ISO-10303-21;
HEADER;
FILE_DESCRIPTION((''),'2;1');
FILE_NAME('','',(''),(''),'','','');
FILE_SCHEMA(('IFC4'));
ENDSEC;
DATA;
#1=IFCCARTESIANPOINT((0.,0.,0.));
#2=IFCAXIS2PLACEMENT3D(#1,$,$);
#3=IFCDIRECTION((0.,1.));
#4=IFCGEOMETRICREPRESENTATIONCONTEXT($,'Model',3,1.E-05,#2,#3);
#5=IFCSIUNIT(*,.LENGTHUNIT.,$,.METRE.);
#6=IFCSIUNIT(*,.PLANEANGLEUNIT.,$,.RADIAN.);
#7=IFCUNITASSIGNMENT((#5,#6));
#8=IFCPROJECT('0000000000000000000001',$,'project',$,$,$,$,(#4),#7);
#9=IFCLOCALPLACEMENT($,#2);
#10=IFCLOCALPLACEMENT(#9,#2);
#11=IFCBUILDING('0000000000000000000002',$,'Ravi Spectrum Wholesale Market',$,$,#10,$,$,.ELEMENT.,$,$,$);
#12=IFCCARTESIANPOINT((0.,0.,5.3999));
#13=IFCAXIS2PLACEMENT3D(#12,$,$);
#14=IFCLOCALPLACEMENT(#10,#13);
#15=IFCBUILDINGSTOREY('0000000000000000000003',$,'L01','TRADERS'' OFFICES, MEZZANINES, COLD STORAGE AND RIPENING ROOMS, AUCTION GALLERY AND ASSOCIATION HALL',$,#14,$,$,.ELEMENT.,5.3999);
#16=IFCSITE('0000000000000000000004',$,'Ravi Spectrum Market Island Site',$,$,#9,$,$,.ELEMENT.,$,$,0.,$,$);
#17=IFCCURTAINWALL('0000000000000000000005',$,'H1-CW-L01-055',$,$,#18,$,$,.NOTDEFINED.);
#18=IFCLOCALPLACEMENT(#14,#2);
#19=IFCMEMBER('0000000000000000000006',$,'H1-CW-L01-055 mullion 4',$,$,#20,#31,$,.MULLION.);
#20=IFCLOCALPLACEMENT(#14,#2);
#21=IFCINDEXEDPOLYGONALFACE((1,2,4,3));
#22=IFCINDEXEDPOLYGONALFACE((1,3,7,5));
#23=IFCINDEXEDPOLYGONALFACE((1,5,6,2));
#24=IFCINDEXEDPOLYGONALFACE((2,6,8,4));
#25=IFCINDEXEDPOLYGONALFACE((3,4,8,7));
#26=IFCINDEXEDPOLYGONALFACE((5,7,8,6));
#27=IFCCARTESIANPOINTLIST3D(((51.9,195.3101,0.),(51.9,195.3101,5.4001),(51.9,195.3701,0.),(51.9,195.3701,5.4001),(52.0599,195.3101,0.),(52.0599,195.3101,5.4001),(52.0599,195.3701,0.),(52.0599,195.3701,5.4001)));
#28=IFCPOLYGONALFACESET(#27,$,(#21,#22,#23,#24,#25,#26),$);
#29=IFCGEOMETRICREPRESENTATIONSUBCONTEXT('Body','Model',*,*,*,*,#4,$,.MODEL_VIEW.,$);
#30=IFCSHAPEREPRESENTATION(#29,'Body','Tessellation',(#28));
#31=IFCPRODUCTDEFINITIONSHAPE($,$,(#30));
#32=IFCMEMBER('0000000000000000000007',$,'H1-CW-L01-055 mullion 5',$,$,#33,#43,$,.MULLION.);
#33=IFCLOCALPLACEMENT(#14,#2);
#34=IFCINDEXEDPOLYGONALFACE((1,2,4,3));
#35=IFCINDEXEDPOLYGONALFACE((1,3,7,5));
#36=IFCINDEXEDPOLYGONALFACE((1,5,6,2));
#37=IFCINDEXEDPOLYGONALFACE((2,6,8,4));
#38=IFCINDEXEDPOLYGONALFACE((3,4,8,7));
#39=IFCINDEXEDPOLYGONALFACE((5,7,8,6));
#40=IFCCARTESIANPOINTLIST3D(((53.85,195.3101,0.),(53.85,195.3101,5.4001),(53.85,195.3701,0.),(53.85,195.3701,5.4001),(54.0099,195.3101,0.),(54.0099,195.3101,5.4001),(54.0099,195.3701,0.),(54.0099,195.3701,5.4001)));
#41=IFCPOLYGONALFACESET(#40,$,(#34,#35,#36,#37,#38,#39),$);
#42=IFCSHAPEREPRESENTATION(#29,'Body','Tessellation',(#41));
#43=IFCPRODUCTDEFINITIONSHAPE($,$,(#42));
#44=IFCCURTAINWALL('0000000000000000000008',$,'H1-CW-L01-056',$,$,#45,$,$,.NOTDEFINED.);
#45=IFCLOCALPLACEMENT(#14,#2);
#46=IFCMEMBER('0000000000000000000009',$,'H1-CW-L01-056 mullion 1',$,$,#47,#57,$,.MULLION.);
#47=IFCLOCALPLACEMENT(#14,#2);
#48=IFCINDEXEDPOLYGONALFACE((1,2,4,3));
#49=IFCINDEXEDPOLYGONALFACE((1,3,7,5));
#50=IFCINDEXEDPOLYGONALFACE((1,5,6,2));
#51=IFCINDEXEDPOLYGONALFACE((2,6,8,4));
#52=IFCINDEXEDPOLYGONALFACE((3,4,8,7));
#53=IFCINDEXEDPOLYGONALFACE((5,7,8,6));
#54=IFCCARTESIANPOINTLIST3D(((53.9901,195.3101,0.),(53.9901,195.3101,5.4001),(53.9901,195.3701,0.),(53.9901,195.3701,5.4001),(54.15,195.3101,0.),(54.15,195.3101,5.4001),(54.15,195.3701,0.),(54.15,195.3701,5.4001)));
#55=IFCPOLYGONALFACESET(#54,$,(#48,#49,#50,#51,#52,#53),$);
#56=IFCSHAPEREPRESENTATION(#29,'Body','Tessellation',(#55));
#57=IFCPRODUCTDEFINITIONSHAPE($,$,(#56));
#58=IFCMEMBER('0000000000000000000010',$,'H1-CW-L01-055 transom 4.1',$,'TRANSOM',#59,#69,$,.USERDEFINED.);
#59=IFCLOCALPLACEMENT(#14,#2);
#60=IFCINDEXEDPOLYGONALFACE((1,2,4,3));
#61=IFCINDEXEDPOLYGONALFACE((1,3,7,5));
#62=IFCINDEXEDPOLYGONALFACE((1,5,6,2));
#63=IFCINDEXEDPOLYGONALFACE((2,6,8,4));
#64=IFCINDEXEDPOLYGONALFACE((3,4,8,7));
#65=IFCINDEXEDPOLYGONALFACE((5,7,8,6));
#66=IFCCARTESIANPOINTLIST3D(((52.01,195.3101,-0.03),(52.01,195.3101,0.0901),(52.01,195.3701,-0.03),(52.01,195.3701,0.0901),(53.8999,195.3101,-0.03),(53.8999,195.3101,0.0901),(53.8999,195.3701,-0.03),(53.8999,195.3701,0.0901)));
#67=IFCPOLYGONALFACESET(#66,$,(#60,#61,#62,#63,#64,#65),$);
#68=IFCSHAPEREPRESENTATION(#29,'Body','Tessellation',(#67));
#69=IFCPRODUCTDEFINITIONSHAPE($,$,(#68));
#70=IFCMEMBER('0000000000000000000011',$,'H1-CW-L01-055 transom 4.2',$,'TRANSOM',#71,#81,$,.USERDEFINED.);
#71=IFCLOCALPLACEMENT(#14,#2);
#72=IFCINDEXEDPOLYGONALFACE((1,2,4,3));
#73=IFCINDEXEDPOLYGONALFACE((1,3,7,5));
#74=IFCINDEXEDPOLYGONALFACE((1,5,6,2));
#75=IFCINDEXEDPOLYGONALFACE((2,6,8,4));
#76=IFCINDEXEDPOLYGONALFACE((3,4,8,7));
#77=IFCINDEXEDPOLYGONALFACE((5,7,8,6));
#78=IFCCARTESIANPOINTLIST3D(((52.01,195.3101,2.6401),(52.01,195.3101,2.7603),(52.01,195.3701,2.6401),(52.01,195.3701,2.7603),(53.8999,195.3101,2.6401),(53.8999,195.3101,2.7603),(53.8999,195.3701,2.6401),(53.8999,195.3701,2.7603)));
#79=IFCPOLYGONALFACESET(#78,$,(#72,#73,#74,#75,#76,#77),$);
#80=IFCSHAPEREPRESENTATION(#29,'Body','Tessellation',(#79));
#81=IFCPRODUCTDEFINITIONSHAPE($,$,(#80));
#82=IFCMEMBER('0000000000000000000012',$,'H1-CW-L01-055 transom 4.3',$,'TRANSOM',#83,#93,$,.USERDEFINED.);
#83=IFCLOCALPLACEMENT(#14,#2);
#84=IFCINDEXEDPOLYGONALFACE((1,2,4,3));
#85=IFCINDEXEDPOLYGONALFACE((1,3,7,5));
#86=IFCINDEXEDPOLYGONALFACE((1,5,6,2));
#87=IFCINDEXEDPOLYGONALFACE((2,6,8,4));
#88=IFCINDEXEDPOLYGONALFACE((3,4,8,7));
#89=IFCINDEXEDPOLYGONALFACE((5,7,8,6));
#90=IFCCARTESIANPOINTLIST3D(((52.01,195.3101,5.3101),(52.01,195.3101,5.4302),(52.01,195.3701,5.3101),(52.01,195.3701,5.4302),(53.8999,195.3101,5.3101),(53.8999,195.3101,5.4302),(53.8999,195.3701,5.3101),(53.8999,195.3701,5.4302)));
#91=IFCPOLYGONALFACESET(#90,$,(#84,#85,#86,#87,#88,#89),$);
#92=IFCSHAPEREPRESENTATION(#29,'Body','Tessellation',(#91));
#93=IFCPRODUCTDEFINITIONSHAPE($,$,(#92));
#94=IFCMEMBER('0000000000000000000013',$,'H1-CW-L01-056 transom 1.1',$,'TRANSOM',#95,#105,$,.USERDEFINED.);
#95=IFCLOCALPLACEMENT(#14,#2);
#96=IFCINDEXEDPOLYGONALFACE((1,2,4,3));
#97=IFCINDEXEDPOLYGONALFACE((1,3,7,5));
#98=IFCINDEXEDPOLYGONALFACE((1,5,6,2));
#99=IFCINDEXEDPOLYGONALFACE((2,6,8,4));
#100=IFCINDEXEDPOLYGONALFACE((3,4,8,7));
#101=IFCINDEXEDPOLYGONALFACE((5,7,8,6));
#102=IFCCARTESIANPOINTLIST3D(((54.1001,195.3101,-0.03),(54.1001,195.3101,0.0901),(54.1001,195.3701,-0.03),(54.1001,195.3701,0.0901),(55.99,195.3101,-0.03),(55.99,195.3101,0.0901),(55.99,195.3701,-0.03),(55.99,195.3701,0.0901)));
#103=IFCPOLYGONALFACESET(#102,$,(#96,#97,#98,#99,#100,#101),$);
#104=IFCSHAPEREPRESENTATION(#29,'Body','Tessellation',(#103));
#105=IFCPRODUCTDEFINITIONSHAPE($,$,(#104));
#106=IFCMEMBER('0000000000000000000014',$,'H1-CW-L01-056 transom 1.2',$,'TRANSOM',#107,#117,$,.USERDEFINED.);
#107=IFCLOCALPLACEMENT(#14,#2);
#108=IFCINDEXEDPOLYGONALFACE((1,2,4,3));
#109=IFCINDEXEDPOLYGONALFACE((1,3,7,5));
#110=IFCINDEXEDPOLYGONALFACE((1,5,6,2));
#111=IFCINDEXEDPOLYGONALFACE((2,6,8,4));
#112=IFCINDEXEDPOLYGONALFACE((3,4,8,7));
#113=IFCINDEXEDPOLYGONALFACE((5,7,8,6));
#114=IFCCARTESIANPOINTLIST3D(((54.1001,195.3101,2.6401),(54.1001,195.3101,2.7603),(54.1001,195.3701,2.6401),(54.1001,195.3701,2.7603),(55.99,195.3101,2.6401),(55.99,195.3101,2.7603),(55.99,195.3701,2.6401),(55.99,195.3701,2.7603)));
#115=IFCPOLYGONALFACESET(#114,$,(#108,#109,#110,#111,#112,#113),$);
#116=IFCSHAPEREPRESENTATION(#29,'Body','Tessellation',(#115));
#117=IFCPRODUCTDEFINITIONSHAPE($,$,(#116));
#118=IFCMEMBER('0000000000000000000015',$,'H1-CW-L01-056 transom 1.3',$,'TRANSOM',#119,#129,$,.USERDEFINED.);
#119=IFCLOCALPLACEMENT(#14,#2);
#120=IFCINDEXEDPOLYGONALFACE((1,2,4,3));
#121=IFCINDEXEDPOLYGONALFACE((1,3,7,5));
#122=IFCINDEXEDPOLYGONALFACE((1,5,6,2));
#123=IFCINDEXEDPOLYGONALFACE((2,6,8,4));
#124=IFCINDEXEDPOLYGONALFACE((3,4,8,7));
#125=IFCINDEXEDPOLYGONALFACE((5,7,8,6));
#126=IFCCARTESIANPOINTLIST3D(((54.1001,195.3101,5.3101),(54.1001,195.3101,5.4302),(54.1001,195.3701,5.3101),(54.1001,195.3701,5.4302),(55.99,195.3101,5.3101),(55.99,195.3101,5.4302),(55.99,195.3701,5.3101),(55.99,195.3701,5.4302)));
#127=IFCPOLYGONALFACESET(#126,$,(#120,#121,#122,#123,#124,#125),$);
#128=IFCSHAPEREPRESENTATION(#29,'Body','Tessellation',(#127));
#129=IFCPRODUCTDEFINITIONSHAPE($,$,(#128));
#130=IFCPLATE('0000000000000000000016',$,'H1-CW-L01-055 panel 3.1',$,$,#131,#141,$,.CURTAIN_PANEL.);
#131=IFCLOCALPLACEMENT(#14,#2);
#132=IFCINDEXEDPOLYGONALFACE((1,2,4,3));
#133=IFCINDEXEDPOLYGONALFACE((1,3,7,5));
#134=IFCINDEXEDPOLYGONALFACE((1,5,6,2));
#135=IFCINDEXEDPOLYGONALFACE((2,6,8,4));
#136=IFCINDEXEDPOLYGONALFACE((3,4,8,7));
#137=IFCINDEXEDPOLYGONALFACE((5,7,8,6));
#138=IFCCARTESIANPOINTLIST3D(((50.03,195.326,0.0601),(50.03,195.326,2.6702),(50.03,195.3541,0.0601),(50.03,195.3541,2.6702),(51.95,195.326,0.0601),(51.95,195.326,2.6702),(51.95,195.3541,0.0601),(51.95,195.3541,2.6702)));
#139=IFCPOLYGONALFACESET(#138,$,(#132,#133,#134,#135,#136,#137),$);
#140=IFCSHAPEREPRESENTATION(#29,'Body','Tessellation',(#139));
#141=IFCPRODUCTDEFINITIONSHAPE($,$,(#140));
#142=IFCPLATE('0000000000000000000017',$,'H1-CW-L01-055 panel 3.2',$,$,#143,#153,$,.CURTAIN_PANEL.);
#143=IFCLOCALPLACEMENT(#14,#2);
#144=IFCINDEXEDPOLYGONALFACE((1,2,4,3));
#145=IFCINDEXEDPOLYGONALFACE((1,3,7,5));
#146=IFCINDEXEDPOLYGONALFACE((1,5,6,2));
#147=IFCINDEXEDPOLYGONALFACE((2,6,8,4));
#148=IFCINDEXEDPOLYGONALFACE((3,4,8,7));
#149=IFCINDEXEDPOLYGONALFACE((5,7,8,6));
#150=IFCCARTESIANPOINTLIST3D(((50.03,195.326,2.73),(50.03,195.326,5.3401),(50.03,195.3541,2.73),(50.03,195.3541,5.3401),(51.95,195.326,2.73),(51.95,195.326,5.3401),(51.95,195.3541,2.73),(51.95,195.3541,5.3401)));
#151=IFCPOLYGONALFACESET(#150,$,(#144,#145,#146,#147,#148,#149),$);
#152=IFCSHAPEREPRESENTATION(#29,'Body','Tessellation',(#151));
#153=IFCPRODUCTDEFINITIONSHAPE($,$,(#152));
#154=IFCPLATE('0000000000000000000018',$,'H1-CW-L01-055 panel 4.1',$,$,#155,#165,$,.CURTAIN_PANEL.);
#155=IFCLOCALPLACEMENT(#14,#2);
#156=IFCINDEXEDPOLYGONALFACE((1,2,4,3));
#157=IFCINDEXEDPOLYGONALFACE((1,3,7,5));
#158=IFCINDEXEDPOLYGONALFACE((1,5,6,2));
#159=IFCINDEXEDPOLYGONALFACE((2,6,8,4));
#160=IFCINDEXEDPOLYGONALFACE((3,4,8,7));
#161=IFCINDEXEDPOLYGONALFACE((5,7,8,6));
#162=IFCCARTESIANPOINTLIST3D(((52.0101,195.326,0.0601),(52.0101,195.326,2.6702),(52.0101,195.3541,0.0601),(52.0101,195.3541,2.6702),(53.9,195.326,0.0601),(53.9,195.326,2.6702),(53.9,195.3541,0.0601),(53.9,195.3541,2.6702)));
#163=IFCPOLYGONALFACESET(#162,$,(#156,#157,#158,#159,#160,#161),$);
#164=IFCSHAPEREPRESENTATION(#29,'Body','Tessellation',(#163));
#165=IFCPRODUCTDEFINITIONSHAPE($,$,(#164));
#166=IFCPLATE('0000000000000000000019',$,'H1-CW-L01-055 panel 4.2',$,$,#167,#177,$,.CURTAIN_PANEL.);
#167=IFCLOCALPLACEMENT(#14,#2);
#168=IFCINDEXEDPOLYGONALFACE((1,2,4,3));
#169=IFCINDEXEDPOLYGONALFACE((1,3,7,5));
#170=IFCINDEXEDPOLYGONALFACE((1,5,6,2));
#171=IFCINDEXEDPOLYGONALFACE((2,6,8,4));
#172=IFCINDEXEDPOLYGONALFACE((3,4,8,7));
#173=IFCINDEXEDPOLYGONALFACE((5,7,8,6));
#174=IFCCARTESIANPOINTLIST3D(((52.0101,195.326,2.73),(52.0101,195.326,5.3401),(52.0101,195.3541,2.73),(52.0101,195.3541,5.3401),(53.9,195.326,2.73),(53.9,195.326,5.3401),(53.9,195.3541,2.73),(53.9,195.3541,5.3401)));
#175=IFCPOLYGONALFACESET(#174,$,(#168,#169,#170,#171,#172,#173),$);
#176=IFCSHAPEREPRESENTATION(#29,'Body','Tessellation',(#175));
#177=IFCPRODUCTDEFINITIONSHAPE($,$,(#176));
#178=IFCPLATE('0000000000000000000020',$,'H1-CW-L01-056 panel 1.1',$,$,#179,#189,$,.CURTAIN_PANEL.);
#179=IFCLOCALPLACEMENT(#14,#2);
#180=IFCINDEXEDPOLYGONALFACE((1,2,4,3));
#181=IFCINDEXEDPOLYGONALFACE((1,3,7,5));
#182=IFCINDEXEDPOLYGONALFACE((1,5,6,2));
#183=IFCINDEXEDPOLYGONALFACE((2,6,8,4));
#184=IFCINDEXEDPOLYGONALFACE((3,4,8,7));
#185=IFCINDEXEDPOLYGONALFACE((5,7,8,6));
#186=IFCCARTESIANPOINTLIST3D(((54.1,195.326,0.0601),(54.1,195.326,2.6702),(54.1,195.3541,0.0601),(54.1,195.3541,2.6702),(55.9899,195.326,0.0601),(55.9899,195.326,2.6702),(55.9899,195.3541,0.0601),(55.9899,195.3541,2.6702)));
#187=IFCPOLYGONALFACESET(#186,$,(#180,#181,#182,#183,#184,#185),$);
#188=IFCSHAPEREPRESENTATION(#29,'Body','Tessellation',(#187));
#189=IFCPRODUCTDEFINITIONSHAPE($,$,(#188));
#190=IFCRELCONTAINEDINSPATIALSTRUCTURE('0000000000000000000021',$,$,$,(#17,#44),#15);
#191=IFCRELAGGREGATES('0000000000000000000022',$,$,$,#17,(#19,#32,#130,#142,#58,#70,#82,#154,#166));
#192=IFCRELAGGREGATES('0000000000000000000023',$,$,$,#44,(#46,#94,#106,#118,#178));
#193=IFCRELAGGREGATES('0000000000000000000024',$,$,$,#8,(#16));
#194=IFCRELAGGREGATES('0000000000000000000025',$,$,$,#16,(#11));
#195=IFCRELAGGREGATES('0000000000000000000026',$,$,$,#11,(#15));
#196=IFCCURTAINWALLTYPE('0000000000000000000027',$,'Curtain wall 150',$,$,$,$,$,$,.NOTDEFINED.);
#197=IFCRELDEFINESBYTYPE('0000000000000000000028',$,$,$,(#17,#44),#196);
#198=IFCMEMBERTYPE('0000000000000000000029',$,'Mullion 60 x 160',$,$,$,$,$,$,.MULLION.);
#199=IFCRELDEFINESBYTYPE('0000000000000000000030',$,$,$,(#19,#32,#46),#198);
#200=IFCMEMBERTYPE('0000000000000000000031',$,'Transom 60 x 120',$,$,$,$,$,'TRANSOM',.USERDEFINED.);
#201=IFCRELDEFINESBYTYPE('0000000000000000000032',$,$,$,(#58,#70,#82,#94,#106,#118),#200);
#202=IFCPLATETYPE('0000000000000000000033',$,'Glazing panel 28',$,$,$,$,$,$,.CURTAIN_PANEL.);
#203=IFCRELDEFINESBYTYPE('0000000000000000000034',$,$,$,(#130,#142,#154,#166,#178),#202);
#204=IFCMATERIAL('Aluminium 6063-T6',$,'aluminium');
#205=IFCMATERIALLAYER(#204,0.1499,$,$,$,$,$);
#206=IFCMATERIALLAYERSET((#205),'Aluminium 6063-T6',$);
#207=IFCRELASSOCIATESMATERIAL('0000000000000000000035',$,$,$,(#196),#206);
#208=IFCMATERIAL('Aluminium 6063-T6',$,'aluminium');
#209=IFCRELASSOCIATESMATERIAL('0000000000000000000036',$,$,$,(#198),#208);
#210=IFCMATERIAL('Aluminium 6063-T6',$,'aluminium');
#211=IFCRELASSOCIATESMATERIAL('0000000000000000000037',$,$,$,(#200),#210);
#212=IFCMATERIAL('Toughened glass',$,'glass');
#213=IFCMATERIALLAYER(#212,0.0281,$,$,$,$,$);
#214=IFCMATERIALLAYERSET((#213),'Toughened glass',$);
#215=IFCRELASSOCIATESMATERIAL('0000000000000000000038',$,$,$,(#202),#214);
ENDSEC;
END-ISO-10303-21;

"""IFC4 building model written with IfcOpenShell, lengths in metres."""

from ifc_helpers import new_model, si_unit, direction, frame, origin, origin_2d, place, context, subcontext, project, spatial, rectangle, extrude, material, layer, layer_set, material_profile, profile_set, type_object, element, aggregate, save


model = new_model("IFC4")

# Units and contexts
model_context = context("Model", 3, precision=1e-05, world=origin(), true_north=direction((0.0, 1.0)))
body_context = subcontext(model_context, "Body", "Model", "MODEL_VIEW")
ifc_project = project(units=[si_unit("LENGTHUNIT", "METRE"), si_unit("PLANEANGLEUNIT", "RADIAN")], contexts=[model_context])

# Site, building, storey
site_placement = place(None, origin())
site = spatial("IfcSite", under=ifc_project, at=site_placement, Name="Ravi Spectrum Market Island Site", CompositionType="ELEMENT", RefElevation=0.0)
building_placement = place(site_placement, origin())
building = spatial("IfcBuilding", under=site, at=building_placement, Name="Ravi Spectrum Wholesale Market", CompositionType="ELEMENT")
storey_placement = place(building_placement, frame((0.0, 0.0, 5.3999)))
storey = spatial("IfcBuildingStorey", under=building, at=storey_placement, Name="L01", Description="TRADERS' OFFICES, MEZZANINES, COLD STORAGE AND RIPENING ROOMS, AUCTION GALLERY AND ASSOCIATION HALL", CompositionType="ELEMENT", Elevation=5.3999)

# Curtain wall, members
ifc_material_1 = material(Name="Aluminium 6063-T6", Category="aluminium")
ifc_layer_1 = layer(ifc_material_1, 0.1499)
ifc_layer_set_1 = layer_set([ifc_layer_1], Name="Aluminium 6063-T6")
curtain_wall_type = type_object("IfcCurtainWallType", Name="Curtain wall 150", PredefinedType="NOTDEFINED", material=ifc_layer_set_1)
curtain_wall_1_placement = place(storey_placement, origin())
curtain_wall_1 = element("IfcCurtainWall", 1, at=curtain_wall_1_placement, inside=storey, type_object=curtain_wall_type, Name="H1-CW-L01-055", PredefinedType="NOTDEFINED")
ifc_material_2 = material(Name="Aluminium 6063-T6", Category="aluminium")
ifc_material_profile_1 = material_profile(ifc_material_2, rectangle(XDim=0.0601, YDim=0.1599, at=origin_2d()))
ifc_profile_set_1 = profile_set([ifc_material_profile_1], Name="Aluminium 6063-T6")
member_type_1 = type_object("IfcMemberType", Name="Mullion 60 x 160", PredefinedType="MULLION", material=ifc_profile_set_1)
member_1_placement = place(storey_placement, frame((51.98, 195.3401, 0.0), z_axis=(0.0, 0.0, 1.0), x_axis=(0.0, 1.0, 0.0)))
member_1 = element("IfcMember", 2, at=member_1_placement, type_object=member_type_1, Name="H1-CW-L01-055 mullion 4", PredefinedType="MULLION", context=body_context, shape_type="SweptSolid", body=[
    extrude(rectangle(XDim=0.0601, YDim=0.1599, at=origin_2d()), origin(), (0.0, 0.0, 1.0), 5.4001),
])
member_2_placement = place(storey_placement, frame((53.9299, 195.3401, 0.0), z_axis=(0.0, 0.0, 1.0), x_axis=(0.0, 1.0, 0.0)))
member_2 = element("IfcMember", 3, at=member_2_placement, type_object=member_type_1, Name="H1-CW-L01-055 mullion 5", PredefinedType="MULLION", context=body_context, shape_type="SweptSolid", body=[
    extrude(rectangle(XDim=0.0601, YDim=0.1599, at=origin_2d()), origin(), (0.0, 0.0, 1.0), 5.4001),
])

# Curtain wall, member
curtain_wall_2_placement = place(storey_placement, origin())
curtain_wall_2 = element("IfcCurtainWall", 4, at=curtain_wall_2_placement, inside=storey, type_object=curtain_wall_type, Name="H1-CW-L01-056", PredefinedType="NOTDEFINED")
member_3_placement = place(storey_placement, frame((54.0701, 195.3401, 0.0), z_axis=(0.0, 0.0, 1.0), x_axis=(0.0, 1.0, 0.0)))
member_3 = element("IfcMember", 5, at=member_3_placement, type_object=member_type_1, Name="H1-CW-L01-056 mullion 1", PredefinedType="MULLION", context=body_context, shape_type="SweptSolid", body=[
    extrude(rectangle(XDim=0.0601, YDim=0.1599, at=origin_2d()), origin(), (0.0, 0.0, 1.0), 5.4001),
])

# Members
ifc_material_3 = material(Name="Aluminium 6063-T6", Category="aluminium")
ifc_material_profile_2 = material_profile(ifc_material_3, rectangle(XDim=0.0601, YDim=0.1201, at=origin_2d()))
ifc_profile_set_2 = profile_set([ifc_material_profile_2], Name="Aluminium 6063-T6")
member_type_2 = type_object("IfcMemberType", Name="Transom 60 x 120", ElementType="TRANSOM", PredefinedType="USERDEFINED", material=ifc_profile_set_2)
member_4_placement = place(storey_placement, frame((52.01, 195.3401, 0.03), z_axis=(1.0, 0.0, 0.0), x_axis=(0.0, 1.0, 0.0)))
member_4 = element("IfcMember", 6, at=member_4_placement, type_object=member_type_2, Name="H1-CW-L01-055 transom 4.1", ObjectType="TRANSOM", PredefinedType="USERDEFINED", context=body_context, shape_type="SweptSolid", body=[
    extrude(rectangle(XDim=0.0601, YDim=0.1201, at=origin_2d()), origin(), (0.0, 0.0, 1.0), 1.8899),
])
member_5_placement = place(storey_placement, frame((52.01, 195.3401, 2.7002), z_axis=(1.0, 0.0, 0.0), x_axis=(0.0, 1.0, 0.0)))
member_5 = element("IfcMember", 7, at=member_5_placement, type_object=member_type_2, Name="H1-CW-L01-055 transom 4.2", ObjectType="TRANSOM", PredefinedType="USERDEFINED", context=body_context, shape_type="SweptSolid", body=[
    extrude(rectangle(XDim=0.0601, YDim=0.1201, at=origin_2d()), origin(), (0.0, 0.0, 1.0), 1.8899),
])
member_6_placement = place(storey_placement, frame((52.01, 195.3401, 5.3701), z_axis=(1.0, 0.0, 0.0), x_axis=(0.0, 1.0, 0.0)))
member_6 = element("IfcMember", 8, at=member_6_placement, type_object=member_type_2, Name="H1-CW-L01-055 transom 4.3", ObjectType="TRANSOM", PredefinedType="USERDEFINED", context=body_context, shape_type="SweptSolid", body=[
    extrude(rectangle(XDim=0.0601, YDim=0.1201, at=origin_2d()), origin(), (0.0, 0.0, 1.0), 1.8899),
])
member_7_placement = place(storey_placement, frame((54.1001, 195.3401, 0.03), z_axis=(1.0, 0.0, 0.0), x_axis=(0.0, 1.0, 0.0)))
member_7 = element("IfcMember", 9, at=member_7_placement, type_object=member_type_2, Name="H1-CW-L01-056 transom 1.1", ObjectType="TRANSOM", PredefinedType="USERDEFINED", context=body_context, shape_type="SweptSolid", body=[
    extrude(rectangle(XDim=0.0601, YDim=0.1201, at=origin_2d()), origin(), (0.0, 0.0, 1.0), 1.8899),
])
member_8_placement = place(storey_placement, frame((54.1001, 195.3401, 2.7002), z_axis=(1.0, 0.0, 0.0), x_axis=(0.0, 1.0, 0.0)))
member_8 = element("IfcMember", 10, at=member_8_placement, type_object=member_type_2, Name="H1-CW-L01-056 transom 1.2", ObjectType="TRANSOM", PredefinedType="USERDEFINED", context=body_context, shape_type="SweptSolid", body=[
    extrude(rectangle(XDim=0.0601, YDim=0.1201, at=origin_2d()), origin(), (0.0, 0.0, 1.0), 1.8899),
])
member_9_placement = place(storey_placement, frame((54.1001, 195.3401, 5.3701), z_axis=(1.0, 0.0, 0.0), x_axis=(0.0, 1.0, 0.0)))
member_9 = element("IfcMember", 11, at=member_9_placement, type_object=member_type_2, Name="H1-CW-L01-056 transom 1.3", ObjectType="TRANSOM", PredefinedType="USERDEFINED", context=body_context, shape_type="SweptSolid", body=[
    extrude(rectangle(XDim=0.0601, YDim=0.1201, at=origin_2d()), origin(), (0.0, 0.0, 1.0), 1.8899),
])

# Plates
ifc_material_4 = material(Name="Toughened glass", Category="glass")
ifc_layer_2 = layer(ifc_material_4, 0.0281)
ifc_layer_set_2 = layer_set([ifc_layer_2], Name="Toughened glass")
plate_type = type_object("IfcPlateType", Name="Glazing panel 28", PredefinedType="CURTAIN_PANEL", material=ifc_layer_set_2)
plate_1_placement = place(storey_placement, frame((50.99, 195.3401, 0.0601), z_axis=(0.0, 0.0, 1.0), x_axis=(1.0, 0.0, 0.0)))
plate_1 = element("IfcPlate", 12, at=plate_1_placement, type_object=plate_type, Name="H1-CW-L01-055 panel 3.1", PredefinedType="CURTAIN_PANEL", context=body_context, shape_type="SweptSolid", body=[
    extrude(rectangle(XDim=1.9199, YDim=0.0281, at=origin_2d()), origin(), (0.0, 0.0, 1.0), 2.6101),
])
plate_2_placement = place(storey_placement, frame((50.99, 195.3401, 2.73), z_axis=(0.0, 0.0, 1.0), x_axis=(1.0, 0.0, 0.0)))
plate_2 = element("IfcPlate", 13, at=plate_2_placement, type_object=plate_type, Name="H1-CW-L01-055 panel 3.2", PredefinedType="CURTAIN_PANEL", context=body_context, shape_type="SweptSolid", body=[
    extrude(rectangle(XDim=1.9199, YDim=0.0281, at=origin_2d()), origin(), (0.0, 0.0, 1.0), 2.6101),
])
plate_3_placement = place(storey_placement, frame((52.9551, 195.3401, 0.0601), z_axis=(0.0, 0.0, 1.0), x_axis=(1.0, 0.0, 0.0)))
plate_3 = element("IfcPlate", 14, at=plate_3_placement, type_object=plate_type, Name="H1-CW-L01-055 panel 4.1", PredefinedType="CURTAIN_PANEL", context=body_context, shape_type="SweptSolid", body=[
    extrude(rectangle(XDim=1.8899, YDim=0.0281, at=origin_2d()), origin(), (0.0, 0.0, 1.0), 2.6101),
])
plate_4_placement = place(storey_placement, frame((52.9551, 195.3401, 2.73), z_axis=(0.0, 0.0, 1.0), x_axis=(1.0, 0.0, 0.0)))
plate_4 = element("IfcPlate", 15, at=plate_4_placement, type_object=plate_type, Name="H1-CW-L01-055 panel 4.2", PredefinedType="CURTAIN_PANEL", context=body_context, shape_type="SweptSolid", body=[
    extrude(rectangle(XDim=1.8899, YDim=0.0281, at=origin_2d()), origin(), (0.0, 0.0, 1.0), 2.6101),
])
aggregate(curtain_wall_1, [member_1, member_2, plate_1, plate_2, member_4, member_5, member_6, plate_3, plate_4])
plate_5_placement = place(storey_placement, frame((55.0449, 195.3401, 0.0601), z_axis=(0.0, 0.0, 1.0), x_axis=(1.0, 0.0, 0.0)))
plate_5 = element("IfcPlate", 16, at=plate_5_placement, type_object=plate_type, Name="H1-CW-L01-056 panel 1.1", PredefinedType="CURTAIN_PANEL", context=body_context, shape_type="SweptSolid", body=[
    extrude(rectangle(XDim=1.8899, YDim=0.0281, at=origin_2d()), origin(), (0.0, 0.0, 1.0), 2.6101),
])
aggregate(curtain_wall_2, [member_3, member_7, member_8, member_9, plate_5])

save(model, "model.ifc")
